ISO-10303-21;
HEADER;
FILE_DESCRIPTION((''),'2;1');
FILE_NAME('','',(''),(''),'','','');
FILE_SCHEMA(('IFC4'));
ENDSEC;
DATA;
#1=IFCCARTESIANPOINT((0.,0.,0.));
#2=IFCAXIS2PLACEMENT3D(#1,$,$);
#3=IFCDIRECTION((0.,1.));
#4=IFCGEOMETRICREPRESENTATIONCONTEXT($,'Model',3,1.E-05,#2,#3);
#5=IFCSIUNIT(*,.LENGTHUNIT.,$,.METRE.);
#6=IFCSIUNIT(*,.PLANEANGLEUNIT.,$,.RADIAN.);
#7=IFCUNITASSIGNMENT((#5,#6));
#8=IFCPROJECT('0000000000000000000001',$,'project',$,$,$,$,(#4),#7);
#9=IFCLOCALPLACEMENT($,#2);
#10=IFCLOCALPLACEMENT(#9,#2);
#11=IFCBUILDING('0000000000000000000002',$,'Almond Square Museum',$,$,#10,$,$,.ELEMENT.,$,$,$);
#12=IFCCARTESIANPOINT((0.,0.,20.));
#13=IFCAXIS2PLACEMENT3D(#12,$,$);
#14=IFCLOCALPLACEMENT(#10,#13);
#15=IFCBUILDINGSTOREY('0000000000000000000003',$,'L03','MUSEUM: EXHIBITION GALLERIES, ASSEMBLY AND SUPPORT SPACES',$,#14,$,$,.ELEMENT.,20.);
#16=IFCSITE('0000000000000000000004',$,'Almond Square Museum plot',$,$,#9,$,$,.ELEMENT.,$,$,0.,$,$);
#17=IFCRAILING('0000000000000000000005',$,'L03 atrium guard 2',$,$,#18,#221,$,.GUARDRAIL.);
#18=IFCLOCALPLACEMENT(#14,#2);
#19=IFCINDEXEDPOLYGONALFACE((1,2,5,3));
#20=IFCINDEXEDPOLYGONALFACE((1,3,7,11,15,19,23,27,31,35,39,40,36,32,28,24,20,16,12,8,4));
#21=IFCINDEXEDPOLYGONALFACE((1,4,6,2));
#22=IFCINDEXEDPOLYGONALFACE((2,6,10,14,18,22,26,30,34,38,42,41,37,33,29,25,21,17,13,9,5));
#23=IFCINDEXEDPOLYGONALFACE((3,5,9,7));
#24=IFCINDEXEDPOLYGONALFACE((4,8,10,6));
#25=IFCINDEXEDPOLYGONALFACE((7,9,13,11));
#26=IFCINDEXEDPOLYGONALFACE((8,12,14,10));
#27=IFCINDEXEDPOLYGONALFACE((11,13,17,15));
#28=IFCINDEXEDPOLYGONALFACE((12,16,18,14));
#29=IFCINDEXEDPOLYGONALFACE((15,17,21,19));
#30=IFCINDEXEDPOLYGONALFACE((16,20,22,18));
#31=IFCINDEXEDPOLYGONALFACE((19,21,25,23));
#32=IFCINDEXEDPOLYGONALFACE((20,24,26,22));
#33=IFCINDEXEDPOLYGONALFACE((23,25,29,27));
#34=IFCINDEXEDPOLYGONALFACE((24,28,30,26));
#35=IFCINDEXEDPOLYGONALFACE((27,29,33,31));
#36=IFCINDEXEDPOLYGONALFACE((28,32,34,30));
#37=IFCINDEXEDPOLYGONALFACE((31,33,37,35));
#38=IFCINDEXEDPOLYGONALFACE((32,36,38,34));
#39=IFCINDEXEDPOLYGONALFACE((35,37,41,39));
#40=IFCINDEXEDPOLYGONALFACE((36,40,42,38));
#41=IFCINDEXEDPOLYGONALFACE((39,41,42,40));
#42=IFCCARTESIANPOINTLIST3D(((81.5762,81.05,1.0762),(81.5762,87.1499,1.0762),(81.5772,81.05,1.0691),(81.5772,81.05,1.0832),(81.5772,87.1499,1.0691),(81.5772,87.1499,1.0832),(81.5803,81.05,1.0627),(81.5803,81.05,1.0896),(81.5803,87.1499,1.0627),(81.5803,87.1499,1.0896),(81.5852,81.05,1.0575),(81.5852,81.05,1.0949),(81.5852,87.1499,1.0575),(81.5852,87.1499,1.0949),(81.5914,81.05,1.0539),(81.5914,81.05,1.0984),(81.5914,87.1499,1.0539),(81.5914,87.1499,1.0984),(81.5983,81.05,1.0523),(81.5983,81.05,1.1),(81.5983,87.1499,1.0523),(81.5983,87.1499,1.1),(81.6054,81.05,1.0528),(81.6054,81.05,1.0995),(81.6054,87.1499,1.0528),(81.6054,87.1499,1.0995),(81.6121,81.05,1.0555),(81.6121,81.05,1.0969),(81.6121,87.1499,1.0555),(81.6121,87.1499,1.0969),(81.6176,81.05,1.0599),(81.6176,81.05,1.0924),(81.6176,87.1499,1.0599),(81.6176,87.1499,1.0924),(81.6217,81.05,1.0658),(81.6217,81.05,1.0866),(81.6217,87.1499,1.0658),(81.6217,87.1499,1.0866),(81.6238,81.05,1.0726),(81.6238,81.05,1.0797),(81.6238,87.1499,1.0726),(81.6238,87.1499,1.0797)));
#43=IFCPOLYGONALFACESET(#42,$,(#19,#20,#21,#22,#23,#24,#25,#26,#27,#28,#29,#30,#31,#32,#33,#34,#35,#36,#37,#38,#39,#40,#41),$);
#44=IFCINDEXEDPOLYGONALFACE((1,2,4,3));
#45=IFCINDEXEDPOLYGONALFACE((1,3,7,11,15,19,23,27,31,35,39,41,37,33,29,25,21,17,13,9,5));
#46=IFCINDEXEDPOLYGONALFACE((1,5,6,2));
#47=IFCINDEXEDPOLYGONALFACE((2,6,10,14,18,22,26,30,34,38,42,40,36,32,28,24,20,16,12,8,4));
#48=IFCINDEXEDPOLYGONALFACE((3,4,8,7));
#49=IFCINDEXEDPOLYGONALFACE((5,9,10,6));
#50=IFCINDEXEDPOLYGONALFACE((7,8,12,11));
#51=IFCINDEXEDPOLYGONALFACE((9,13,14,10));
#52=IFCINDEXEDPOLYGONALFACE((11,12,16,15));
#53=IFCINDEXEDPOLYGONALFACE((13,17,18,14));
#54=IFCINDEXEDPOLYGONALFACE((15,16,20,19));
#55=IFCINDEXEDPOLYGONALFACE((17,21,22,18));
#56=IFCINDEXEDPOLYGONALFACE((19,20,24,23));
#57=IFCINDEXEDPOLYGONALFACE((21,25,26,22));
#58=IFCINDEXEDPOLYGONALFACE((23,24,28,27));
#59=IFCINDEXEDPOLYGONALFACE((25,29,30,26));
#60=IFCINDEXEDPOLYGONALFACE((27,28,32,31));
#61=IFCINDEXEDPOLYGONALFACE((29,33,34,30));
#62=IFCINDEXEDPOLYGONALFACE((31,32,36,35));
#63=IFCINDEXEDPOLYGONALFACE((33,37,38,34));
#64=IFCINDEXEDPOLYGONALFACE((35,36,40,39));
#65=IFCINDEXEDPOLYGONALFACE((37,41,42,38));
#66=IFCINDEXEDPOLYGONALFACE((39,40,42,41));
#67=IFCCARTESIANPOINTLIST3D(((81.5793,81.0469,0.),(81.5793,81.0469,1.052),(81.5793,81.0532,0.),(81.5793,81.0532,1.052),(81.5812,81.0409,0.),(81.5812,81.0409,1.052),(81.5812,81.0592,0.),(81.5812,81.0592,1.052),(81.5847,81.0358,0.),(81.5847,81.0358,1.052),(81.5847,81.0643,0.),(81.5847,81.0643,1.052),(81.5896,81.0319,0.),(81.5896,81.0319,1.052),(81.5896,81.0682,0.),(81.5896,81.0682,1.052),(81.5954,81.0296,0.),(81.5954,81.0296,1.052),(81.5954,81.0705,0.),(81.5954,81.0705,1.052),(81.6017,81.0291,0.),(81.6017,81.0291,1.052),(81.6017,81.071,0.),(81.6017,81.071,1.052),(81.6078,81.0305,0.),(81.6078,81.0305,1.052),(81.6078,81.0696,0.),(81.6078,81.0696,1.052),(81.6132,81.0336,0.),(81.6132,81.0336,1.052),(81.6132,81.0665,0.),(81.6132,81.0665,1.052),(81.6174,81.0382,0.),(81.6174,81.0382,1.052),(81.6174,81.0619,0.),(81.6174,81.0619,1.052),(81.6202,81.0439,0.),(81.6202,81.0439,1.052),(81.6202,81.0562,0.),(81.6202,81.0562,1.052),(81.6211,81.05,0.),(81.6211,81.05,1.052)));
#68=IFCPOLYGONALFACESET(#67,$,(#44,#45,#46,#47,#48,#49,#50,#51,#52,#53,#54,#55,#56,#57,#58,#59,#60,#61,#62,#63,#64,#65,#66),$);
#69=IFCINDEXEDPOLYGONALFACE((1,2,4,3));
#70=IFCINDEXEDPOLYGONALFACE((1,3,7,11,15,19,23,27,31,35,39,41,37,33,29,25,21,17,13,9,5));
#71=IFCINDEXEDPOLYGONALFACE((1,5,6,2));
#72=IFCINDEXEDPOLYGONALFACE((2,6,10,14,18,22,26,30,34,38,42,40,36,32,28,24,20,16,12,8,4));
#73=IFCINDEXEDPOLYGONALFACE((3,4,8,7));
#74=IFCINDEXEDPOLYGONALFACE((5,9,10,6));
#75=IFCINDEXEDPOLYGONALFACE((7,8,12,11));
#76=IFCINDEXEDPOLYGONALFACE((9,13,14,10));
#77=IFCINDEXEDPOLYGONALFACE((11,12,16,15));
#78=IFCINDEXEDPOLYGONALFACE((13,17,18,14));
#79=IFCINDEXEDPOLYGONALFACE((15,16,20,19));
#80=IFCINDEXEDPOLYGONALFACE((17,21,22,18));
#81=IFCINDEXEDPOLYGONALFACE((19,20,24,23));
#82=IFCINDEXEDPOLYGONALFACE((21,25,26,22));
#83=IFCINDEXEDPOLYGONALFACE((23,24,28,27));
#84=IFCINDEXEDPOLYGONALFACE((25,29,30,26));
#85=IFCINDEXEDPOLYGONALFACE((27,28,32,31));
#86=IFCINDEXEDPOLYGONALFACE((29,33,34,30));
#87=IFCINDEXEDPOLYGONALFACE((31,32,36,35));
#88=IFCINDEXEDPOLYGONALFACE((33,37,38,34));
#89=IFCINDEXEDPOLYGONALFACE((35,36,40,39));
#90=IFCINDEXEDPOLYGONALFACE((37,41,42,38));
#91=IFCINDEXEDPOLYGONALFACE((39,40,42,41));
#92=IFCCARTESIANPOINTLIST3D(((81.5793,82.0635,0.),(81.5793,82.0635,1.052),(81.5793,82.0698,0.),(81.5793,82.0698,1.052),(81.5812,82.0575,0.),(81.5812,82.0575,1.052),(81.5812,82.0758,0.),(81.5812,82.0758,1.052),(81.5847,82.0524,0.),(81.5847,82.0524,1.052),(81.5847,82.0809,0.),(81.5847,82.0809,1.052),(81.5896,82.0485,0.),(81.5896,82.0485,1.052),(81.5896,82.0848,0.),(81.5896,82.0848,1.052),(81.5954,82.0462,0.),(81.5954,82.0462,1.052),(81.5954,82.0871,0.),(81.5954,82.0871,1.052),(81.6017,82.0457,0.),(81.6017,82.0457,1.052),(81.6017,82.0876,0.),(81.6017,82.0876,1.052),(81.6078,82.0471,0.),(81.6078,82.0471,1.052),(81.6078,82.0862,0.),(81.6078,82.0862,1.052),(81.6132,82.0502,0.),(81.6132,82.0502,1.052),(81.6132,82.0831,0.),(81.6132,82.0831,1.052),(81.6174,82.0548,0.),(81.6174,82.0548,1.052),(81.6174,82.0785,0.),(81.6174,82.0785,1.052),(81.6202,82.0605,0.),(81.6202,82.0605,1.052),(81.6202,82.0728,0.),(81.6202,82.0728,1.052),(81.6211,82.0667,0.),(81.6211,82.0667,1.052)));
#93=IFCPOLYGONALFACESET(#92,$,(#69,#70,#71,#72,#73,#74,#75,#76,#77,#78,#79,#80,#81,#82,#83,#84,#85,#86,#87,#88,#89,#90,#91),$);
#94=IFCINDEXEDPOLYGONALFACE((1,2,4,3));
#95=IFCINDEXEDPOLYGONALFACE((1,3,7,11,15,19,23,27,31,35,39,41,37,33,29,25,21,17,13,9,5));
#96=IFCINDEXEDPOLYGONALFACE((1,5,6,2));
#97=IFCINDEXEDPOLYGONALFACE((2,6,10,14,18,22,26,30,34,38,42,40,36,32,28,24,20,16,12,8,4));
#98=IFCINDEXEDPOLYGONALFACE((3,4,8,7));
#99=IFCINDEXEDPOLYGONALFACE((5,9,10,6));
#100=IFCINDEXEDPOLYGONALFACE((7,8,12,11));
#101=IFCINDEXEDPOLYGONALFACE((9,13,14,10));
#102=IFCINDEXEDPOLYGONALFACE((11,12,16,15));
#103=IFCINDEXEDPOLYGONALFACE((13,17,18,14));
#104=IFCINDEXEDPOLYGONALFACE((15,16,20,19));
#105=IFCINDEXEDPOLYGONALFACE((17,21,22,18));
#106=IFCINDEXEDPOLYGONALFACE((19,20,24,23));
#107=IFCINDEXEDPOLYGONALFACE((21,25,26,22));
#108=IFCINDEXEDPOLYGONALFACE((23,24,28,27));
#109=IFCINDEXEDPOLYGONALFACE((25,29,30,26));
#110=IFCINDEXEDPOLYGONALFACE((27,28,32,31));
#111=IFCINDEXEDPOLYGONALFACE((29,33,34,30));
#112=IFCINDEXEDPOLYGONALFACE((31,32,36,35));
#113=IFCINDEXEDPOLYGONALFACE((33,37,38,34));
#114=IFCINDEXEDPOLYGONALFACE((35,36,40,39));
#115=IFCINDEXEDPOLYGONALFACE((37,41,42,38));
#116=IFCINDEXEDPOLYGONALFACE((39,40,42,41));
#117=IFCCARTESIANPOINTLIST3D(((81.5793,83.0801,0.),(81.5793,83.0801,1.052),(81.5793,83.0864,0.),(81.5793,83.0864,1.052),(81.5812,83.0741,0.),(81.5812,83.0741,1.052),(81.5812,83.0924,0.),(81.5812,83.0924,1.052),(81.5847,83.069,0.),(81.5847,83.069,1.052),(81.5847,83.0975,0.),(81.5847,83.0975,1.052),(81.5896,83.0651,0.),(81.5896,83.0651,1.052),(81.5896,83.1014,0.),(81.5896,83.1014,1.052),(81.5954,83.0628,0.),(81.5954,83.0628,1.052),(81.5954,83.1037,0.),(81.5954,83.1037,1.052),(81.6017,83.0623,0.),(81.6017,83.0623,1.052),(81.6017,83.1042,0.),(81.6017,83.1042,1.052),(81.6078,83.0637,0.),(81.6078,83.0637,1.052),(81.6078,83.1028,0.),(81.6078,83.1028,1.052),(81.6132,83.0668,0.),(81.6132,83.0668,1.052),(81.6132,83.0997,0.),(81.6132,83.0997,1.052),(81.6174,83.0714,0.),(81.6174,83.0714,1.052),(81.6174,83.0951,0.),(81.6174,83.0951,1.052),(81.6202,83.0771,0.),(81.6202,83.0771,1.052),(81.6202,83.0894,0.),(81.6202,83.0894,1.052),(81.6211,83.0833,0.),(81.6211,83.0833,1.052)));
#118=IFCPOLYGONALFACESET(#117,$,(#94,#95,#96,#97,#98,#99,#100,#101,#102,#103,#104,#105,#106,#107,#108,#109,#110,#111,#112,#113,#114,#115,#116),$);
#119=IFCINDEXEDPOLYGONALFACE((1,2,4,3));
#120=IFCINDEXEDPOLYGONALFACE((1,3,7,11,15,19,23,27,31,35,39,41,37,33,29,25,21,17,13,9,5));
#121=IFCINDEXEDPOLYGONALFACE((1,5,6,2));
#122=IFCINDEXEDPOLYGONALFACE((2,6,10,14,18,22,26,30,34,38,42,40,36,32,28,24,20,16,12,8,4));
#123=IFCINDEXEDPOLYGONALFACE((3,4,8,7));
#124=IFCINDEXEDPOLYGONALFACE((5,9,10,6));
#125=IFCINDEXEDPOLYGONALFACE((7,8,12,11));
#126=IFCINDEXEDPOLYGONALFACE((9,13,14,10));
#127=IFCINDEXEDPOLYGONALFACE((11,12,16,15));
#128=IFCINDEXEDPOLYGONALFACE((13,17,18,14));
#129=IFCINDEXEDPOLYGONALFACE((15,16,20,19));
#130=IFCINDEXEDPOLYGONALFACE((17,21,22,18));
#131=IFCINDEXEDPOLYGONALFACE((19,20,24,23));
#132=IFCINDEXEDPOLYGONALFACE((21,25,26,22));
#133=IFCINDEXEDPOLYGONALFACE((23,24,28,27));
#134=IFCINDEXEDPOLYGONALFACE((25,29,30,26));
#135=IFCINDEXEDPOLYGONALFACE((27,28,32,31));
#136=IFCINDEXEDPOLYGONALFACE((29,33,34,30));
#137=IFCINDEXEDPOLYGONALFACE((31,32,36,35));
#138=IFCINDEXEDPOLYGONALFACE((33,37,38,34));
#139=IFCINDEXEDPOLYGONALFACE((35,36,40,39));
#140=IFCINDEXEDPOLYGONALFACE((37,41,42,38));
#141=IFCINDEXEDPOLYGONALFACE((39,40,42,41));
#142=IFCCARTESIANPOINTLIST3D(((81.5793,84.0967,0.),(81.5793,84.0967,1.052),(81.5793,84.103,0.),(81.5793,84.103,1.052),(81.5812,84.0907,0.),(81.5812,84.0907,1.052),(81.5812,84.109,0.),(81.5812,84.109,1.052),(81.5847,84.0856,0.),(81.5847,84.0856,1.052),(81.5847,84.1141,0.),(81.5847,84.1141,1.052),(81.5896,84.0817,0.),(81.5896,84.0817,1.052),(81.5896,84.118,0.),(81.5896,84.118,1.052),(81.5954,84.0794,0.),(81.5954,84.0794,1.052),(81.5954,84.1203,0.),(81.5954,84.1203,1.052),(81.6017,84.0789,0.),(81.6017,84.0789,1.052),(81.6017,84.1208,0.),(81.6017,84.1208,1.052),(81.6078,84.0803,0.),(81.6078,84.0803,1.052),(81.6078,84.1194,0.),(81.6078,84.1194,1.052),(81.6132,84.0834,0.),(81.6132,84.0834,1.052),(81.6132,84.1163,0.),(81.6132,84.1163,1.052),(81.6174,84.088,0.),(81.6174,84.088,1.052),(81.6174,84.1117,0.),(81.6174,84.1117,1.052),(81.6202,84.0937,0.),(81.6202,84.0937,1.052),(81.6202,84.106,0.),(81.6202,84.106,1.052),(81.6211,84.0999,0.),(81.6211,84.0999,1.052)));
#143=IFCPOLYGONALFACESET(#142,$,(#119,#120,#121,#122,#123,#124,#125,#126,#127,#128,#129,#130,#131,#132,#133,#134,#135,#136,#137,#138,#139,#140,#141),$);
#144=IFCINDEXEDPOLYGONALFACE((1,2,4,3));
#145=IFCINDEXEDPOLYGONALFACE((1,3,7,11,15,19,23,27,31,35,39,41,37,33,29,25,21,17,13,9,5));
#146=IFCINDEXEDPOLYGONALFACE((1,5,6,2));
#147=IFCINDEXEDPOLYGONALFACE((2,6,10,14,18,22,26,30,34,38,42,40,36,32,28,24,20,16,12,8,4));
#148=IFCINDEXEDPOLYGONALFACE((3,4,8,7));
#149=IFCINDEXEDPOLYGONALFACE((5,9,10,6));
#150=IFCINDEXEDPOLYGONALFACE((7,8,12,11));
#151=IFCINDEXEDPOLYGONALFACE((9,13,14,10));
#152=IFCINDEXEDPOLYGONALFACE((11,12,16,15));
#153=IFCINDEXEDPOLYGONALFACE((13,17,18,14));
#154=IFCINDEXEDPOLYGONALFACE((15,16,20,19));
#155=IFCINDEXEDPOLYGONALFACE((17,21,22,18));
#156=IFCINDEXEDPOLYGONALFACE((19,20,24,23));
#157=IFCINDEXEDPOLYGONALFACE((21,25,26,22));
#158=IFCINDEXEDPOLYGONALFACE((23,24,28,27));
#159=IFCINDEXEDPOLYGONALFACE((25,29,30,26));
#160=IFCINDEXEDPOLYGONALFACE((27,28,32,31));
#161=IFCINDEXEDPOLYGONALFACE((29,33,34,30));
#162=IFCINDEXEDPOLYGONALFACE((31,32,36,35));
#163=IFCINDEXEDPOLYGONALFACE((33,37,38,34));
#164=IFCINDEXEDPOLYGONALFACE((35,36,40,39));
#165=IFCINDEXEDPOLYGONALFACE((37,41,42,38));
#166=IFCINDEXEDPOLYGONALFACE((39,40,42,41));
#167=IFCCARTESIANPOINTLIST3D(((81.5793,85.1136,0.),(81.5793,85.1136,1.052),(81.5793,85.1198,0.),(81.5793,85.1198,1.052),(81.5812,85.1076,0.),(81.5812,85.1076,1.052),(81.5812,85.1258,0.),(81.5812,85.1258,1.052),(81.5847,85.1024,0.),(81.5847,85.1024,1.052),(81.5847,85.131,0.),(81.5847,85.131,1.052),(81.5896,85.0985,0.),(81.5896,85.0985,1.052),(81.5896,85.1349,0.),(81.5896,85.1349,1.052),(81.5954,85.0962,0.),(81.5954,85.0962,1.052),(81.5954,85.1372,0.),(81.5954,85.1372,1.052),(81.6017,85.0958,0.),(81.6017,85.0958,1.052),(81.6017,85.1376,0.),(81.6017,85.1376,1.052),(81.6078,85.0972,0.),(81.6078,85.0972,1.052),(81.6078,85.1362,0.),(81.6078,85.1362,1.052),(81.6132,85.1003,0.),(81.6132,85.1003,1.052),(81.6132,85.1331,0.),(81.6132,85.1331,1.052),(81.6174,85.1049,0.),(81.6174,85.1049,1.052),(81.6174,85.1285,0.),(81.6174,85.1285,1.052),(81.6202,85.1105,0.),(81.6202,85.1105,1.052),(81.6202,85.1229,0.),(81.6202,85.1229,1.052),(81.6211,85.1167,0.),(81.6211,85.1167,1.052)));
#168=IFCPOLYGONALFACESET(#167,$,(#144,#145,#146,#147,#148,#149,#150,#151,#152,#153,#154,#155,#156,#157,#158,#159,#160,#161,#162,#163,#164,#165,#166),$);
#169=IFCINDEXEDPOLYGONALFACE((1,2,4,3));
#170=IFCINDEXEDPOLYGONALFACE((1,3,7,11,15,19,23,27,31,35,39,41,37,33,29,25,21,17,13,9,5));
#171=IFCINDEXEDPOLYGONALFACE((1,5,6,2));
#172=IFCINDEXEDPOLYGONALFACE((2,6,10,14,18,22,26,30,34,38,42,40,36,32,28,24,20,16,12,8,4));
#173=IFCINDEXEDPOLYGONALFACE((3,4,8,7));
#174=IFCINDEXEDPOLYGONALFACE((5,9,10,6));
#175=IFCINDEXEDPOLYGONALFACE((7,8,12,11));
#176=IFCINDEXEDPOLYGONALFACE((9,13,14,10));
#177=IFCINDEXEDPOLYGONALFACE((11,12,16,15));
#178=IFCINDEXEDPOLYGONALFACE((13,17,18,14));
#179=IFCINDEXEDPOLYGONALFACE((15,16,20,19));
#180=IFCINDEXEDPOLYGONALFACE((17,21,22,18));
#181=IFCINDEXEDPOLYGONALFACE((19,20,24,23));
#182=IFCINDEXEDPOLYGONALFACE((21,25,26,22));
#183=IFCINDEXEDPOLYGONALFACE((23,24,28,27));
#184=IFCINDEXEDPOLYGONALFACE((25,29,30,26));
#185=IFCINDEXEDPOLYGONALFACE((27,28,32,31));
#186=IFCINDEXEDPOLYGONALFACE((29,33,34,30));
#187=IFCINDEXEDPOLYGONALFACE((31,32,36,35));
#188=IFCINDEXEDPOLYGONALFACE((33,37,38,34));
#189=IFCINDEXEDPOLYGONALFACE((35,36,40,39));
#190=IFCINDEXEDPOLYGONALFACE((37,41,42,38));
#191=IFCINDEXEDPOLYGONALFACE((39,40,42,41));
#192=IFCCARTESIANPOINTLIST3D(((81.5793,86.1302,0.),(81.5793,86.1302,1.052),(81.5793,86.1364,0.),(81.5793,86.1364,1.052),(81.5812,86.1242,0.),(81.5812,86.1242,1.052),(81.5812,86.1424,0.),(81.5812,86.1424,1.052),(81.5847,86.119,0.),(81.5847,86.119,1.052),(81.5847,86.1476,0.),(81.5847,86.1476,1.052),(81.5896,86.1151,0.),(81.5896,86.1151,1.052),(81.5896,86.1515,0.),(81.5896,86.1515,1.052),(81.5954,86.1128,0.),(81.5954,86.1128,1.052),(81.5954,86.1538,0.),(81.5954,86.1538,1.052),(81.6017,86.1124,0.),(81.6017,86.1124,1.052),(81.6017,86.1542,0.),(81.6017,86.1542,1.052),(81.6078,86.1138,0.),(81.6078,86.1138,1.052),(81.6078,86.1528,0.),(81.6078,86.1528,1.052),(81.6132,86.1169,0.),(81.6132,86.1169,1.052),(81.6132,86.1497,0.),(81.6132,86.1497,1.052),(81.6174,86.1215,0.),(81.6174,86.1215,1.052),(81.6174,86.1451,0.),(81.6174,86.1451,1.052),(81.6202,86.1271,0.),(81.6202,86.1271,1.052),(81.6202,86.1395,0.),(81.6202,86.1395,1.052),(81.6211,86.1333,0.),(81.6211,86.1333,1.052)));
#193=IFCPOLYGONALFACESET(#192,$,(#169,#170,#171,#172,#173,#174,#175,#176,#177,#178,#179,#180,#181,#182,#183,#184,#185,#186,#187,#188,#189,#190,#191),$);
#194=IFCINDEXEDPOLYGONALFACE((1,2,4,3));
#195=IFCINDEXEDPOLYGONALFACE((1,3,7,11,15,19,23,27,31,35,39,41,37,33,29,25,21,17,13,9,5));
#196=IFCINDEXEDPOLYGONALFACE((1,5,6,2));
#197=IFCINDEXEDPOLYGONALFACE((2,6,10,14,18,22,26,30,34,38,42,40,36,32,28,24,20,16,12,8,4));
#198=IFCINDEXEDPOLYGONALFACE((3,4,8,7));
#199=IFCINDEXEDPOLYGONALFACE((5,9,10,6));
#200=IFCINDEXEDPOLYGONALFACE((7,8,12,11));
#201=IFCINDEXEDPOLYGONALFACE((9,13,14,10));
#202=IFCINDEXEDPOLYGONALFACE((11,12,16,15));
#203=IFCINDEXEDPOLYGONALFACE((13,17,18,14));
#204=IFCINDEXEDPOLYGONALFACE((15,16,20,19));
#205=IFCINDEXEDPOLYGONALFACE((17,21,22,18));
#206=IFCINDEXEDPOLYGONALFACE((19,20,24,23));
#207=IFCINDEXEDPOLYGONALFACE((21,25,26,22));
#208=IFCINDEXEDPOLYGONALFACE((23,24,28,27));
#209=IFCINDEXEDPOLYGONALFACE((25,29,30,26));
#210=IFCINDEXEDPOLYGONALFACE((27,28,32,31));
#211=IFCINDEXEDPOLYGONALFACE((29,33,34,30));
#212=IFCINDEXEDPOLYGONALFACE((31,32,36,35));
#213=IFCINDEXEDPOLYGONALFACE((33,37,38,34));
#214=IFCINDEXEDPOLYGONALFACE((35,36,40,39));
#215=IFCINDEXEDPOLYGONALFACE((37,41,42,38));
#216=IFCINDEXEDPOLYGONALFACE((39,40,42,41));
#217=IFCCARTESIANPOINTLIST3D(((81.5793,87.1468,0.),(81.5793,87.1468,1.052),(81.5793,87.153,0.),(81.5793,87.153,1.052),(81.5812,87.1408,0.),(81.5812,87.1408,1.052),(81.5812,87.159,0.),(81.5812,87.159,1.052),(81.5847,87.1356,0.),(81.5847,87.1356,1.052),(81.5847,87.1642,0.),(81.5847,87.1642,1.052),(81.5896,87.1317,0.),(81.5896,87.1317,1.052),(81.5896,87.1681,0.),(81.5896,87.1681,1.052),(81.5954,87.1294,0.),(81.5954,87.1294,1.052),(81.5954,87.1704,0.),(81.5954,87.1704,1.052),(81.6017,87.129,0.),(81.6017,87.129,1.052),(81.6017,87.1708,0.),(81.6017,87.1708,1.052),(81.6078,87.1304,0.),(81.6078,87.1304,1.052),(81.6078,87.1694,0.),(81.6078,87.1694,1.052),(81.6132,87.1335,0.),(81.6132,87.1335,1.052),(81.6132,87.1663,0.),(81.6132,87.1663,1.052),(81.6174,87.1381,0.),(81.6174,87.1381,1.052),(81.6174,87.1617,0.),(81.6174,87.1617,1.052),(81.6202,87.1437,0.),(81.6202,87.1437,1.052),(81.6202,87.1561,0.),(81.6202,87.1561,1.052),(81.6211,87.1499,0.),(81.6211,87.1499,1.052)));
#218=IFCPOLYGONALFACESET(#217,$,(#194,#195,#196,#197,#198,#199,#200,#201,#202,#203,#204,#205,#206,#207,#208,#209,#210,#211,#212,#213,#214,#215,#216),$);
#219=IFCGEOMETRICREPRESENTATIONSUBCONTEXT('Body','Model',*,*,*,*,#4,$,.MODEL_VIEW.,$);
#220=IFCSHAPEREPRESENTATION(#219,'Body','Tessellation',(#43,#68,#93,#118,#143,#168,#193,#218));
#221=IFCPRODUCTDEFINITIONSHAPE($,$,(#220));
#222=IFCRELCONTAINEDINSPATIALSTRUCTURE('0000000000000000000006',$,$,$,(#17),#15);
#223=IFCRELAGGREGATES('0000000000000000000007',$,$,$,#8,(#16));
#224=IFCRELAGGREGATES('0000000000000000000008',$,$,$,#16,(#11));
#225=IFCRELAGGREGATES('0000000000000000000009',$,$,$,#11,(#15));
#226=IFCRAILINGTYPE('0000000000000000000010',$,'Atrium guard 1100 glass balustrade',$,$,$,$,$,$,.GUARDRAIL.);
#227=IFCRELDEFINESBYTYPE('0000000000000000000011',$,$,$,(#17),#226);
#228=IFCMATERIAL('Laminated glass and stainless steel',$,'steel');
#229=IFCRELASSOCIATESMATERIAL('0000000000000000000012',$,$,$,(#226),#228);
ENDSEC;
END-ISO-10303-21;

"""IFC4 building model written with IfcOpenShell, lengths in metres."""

from ifc_helpers import new_model, si_unit, direction, frame, origin, origin_2d, place, context, subcontext, project, spatial, circle, extrude, material, type_object, element, save


model = new_model("IFC4")

# Units and contexts
model_context = context("Model", 3, precision=1e-05, world=origin(), true_north=direction((0.0, 1.0)))
body_context = subcontext(model_context, "Body", "Model", "MODEL_VIEW")
ifc_project = project(units=[si_unit("LENGTHUNIT", "METRE"), si_unit("PLANEANGLEUNIT", "RADIAN")], contexts=[model_context])

# Site, building, storey
site_placement = place(None, origin())
site = spatial("IfcSite", under=ifc_project, at=site_placement, Name="Almond Square Museum plot", CompositionType="ELEMENT", RefElevation=0.0)
building_placement = place(site_placement, origin())
building = spatial("IfcBuilding", under=site, at=building_placement, Name="Almond Square Museum", CompositionType="ELEMENT")
storey_placement = place(building_placement, frame((0.0, 0.0, 20.0)))
storey = spatial("IfcBuildingStorey", under=building, at=storey_placement, Name="L03", Description="MUSEUM: EXHIBITION GALLERIES, ASSEMBLY AND SUPPORT SPACES", CompositionType="ELEMENT", Elevation=20.0)

# Railing
ifc_material_1 = material(Name="Laminated glass and stainless steel", Category="steel")
railing_type_1 = type_object("IfcRailingType", Name="Atrium guard 1100 glass balustrade", PredefinedType="GUARDRAIL", material=ifc_material_1)
railing_1_placement = place(storey_placement, frame((81.6001, 81.05, 0.0)))
element("IfcRailing", 1, at=railing_1_placement, inside=storey, type_object=railing_type_1, Name="L03 atrium guard 2", PredefinedType="GUARDRAIL", context=body_context, shape_type="SweptSolid", body=[
    extrude(circle(Radius=0.0239, at=origin_2d()), frame((0.0, 0.0, 1.0762), z_axis=(0.0, 1.0, 0.0), x_axis=(-1.0, 0.0, 0.0)), (0.0, 0.0, 1.0), 6.0999),
    extrude(circle(Radius=0.021, at=origin_2d()), origin(), (0.0, 0.0, 1.0), 1.052),
    extrude(circle(Radius=0.021, at=origin_2d()), frame((0.0, 1.0166, 0.0)), (0.0, 0.0, 1.0), 1.052),
    extrude(circle(Radius=0.021, at=origin_2d()), frame((0.0, 2.0332, 0.0)), (0.0, 0.0, 1.0), 1.052),
    extrude(circle(Radius=0.021, at=origin_2d()), frame((0.0, 3.0498, 0.0)), (0.0, 0.0, 1.0), 1.052),
    extrude(circle(Radius=0.021, at=origin_2d()), frame((0.0, 4.0667, 0.0)), (0.0, 0.0, 1.0), 1.052),
    extrude(circle(Radius=0.021, at=origin_2d()), frame((0.0, 5.0833, 0.0)), (0.0, 0.0, 1.0), 1.052),
    extrude(circle(Radius=0.021, at=origin_2d()), frame((0.0, 6.0999, 0.0)), (0.0, 0.0, 1.0), 1.052),
])

save(model, "model.ifc")
